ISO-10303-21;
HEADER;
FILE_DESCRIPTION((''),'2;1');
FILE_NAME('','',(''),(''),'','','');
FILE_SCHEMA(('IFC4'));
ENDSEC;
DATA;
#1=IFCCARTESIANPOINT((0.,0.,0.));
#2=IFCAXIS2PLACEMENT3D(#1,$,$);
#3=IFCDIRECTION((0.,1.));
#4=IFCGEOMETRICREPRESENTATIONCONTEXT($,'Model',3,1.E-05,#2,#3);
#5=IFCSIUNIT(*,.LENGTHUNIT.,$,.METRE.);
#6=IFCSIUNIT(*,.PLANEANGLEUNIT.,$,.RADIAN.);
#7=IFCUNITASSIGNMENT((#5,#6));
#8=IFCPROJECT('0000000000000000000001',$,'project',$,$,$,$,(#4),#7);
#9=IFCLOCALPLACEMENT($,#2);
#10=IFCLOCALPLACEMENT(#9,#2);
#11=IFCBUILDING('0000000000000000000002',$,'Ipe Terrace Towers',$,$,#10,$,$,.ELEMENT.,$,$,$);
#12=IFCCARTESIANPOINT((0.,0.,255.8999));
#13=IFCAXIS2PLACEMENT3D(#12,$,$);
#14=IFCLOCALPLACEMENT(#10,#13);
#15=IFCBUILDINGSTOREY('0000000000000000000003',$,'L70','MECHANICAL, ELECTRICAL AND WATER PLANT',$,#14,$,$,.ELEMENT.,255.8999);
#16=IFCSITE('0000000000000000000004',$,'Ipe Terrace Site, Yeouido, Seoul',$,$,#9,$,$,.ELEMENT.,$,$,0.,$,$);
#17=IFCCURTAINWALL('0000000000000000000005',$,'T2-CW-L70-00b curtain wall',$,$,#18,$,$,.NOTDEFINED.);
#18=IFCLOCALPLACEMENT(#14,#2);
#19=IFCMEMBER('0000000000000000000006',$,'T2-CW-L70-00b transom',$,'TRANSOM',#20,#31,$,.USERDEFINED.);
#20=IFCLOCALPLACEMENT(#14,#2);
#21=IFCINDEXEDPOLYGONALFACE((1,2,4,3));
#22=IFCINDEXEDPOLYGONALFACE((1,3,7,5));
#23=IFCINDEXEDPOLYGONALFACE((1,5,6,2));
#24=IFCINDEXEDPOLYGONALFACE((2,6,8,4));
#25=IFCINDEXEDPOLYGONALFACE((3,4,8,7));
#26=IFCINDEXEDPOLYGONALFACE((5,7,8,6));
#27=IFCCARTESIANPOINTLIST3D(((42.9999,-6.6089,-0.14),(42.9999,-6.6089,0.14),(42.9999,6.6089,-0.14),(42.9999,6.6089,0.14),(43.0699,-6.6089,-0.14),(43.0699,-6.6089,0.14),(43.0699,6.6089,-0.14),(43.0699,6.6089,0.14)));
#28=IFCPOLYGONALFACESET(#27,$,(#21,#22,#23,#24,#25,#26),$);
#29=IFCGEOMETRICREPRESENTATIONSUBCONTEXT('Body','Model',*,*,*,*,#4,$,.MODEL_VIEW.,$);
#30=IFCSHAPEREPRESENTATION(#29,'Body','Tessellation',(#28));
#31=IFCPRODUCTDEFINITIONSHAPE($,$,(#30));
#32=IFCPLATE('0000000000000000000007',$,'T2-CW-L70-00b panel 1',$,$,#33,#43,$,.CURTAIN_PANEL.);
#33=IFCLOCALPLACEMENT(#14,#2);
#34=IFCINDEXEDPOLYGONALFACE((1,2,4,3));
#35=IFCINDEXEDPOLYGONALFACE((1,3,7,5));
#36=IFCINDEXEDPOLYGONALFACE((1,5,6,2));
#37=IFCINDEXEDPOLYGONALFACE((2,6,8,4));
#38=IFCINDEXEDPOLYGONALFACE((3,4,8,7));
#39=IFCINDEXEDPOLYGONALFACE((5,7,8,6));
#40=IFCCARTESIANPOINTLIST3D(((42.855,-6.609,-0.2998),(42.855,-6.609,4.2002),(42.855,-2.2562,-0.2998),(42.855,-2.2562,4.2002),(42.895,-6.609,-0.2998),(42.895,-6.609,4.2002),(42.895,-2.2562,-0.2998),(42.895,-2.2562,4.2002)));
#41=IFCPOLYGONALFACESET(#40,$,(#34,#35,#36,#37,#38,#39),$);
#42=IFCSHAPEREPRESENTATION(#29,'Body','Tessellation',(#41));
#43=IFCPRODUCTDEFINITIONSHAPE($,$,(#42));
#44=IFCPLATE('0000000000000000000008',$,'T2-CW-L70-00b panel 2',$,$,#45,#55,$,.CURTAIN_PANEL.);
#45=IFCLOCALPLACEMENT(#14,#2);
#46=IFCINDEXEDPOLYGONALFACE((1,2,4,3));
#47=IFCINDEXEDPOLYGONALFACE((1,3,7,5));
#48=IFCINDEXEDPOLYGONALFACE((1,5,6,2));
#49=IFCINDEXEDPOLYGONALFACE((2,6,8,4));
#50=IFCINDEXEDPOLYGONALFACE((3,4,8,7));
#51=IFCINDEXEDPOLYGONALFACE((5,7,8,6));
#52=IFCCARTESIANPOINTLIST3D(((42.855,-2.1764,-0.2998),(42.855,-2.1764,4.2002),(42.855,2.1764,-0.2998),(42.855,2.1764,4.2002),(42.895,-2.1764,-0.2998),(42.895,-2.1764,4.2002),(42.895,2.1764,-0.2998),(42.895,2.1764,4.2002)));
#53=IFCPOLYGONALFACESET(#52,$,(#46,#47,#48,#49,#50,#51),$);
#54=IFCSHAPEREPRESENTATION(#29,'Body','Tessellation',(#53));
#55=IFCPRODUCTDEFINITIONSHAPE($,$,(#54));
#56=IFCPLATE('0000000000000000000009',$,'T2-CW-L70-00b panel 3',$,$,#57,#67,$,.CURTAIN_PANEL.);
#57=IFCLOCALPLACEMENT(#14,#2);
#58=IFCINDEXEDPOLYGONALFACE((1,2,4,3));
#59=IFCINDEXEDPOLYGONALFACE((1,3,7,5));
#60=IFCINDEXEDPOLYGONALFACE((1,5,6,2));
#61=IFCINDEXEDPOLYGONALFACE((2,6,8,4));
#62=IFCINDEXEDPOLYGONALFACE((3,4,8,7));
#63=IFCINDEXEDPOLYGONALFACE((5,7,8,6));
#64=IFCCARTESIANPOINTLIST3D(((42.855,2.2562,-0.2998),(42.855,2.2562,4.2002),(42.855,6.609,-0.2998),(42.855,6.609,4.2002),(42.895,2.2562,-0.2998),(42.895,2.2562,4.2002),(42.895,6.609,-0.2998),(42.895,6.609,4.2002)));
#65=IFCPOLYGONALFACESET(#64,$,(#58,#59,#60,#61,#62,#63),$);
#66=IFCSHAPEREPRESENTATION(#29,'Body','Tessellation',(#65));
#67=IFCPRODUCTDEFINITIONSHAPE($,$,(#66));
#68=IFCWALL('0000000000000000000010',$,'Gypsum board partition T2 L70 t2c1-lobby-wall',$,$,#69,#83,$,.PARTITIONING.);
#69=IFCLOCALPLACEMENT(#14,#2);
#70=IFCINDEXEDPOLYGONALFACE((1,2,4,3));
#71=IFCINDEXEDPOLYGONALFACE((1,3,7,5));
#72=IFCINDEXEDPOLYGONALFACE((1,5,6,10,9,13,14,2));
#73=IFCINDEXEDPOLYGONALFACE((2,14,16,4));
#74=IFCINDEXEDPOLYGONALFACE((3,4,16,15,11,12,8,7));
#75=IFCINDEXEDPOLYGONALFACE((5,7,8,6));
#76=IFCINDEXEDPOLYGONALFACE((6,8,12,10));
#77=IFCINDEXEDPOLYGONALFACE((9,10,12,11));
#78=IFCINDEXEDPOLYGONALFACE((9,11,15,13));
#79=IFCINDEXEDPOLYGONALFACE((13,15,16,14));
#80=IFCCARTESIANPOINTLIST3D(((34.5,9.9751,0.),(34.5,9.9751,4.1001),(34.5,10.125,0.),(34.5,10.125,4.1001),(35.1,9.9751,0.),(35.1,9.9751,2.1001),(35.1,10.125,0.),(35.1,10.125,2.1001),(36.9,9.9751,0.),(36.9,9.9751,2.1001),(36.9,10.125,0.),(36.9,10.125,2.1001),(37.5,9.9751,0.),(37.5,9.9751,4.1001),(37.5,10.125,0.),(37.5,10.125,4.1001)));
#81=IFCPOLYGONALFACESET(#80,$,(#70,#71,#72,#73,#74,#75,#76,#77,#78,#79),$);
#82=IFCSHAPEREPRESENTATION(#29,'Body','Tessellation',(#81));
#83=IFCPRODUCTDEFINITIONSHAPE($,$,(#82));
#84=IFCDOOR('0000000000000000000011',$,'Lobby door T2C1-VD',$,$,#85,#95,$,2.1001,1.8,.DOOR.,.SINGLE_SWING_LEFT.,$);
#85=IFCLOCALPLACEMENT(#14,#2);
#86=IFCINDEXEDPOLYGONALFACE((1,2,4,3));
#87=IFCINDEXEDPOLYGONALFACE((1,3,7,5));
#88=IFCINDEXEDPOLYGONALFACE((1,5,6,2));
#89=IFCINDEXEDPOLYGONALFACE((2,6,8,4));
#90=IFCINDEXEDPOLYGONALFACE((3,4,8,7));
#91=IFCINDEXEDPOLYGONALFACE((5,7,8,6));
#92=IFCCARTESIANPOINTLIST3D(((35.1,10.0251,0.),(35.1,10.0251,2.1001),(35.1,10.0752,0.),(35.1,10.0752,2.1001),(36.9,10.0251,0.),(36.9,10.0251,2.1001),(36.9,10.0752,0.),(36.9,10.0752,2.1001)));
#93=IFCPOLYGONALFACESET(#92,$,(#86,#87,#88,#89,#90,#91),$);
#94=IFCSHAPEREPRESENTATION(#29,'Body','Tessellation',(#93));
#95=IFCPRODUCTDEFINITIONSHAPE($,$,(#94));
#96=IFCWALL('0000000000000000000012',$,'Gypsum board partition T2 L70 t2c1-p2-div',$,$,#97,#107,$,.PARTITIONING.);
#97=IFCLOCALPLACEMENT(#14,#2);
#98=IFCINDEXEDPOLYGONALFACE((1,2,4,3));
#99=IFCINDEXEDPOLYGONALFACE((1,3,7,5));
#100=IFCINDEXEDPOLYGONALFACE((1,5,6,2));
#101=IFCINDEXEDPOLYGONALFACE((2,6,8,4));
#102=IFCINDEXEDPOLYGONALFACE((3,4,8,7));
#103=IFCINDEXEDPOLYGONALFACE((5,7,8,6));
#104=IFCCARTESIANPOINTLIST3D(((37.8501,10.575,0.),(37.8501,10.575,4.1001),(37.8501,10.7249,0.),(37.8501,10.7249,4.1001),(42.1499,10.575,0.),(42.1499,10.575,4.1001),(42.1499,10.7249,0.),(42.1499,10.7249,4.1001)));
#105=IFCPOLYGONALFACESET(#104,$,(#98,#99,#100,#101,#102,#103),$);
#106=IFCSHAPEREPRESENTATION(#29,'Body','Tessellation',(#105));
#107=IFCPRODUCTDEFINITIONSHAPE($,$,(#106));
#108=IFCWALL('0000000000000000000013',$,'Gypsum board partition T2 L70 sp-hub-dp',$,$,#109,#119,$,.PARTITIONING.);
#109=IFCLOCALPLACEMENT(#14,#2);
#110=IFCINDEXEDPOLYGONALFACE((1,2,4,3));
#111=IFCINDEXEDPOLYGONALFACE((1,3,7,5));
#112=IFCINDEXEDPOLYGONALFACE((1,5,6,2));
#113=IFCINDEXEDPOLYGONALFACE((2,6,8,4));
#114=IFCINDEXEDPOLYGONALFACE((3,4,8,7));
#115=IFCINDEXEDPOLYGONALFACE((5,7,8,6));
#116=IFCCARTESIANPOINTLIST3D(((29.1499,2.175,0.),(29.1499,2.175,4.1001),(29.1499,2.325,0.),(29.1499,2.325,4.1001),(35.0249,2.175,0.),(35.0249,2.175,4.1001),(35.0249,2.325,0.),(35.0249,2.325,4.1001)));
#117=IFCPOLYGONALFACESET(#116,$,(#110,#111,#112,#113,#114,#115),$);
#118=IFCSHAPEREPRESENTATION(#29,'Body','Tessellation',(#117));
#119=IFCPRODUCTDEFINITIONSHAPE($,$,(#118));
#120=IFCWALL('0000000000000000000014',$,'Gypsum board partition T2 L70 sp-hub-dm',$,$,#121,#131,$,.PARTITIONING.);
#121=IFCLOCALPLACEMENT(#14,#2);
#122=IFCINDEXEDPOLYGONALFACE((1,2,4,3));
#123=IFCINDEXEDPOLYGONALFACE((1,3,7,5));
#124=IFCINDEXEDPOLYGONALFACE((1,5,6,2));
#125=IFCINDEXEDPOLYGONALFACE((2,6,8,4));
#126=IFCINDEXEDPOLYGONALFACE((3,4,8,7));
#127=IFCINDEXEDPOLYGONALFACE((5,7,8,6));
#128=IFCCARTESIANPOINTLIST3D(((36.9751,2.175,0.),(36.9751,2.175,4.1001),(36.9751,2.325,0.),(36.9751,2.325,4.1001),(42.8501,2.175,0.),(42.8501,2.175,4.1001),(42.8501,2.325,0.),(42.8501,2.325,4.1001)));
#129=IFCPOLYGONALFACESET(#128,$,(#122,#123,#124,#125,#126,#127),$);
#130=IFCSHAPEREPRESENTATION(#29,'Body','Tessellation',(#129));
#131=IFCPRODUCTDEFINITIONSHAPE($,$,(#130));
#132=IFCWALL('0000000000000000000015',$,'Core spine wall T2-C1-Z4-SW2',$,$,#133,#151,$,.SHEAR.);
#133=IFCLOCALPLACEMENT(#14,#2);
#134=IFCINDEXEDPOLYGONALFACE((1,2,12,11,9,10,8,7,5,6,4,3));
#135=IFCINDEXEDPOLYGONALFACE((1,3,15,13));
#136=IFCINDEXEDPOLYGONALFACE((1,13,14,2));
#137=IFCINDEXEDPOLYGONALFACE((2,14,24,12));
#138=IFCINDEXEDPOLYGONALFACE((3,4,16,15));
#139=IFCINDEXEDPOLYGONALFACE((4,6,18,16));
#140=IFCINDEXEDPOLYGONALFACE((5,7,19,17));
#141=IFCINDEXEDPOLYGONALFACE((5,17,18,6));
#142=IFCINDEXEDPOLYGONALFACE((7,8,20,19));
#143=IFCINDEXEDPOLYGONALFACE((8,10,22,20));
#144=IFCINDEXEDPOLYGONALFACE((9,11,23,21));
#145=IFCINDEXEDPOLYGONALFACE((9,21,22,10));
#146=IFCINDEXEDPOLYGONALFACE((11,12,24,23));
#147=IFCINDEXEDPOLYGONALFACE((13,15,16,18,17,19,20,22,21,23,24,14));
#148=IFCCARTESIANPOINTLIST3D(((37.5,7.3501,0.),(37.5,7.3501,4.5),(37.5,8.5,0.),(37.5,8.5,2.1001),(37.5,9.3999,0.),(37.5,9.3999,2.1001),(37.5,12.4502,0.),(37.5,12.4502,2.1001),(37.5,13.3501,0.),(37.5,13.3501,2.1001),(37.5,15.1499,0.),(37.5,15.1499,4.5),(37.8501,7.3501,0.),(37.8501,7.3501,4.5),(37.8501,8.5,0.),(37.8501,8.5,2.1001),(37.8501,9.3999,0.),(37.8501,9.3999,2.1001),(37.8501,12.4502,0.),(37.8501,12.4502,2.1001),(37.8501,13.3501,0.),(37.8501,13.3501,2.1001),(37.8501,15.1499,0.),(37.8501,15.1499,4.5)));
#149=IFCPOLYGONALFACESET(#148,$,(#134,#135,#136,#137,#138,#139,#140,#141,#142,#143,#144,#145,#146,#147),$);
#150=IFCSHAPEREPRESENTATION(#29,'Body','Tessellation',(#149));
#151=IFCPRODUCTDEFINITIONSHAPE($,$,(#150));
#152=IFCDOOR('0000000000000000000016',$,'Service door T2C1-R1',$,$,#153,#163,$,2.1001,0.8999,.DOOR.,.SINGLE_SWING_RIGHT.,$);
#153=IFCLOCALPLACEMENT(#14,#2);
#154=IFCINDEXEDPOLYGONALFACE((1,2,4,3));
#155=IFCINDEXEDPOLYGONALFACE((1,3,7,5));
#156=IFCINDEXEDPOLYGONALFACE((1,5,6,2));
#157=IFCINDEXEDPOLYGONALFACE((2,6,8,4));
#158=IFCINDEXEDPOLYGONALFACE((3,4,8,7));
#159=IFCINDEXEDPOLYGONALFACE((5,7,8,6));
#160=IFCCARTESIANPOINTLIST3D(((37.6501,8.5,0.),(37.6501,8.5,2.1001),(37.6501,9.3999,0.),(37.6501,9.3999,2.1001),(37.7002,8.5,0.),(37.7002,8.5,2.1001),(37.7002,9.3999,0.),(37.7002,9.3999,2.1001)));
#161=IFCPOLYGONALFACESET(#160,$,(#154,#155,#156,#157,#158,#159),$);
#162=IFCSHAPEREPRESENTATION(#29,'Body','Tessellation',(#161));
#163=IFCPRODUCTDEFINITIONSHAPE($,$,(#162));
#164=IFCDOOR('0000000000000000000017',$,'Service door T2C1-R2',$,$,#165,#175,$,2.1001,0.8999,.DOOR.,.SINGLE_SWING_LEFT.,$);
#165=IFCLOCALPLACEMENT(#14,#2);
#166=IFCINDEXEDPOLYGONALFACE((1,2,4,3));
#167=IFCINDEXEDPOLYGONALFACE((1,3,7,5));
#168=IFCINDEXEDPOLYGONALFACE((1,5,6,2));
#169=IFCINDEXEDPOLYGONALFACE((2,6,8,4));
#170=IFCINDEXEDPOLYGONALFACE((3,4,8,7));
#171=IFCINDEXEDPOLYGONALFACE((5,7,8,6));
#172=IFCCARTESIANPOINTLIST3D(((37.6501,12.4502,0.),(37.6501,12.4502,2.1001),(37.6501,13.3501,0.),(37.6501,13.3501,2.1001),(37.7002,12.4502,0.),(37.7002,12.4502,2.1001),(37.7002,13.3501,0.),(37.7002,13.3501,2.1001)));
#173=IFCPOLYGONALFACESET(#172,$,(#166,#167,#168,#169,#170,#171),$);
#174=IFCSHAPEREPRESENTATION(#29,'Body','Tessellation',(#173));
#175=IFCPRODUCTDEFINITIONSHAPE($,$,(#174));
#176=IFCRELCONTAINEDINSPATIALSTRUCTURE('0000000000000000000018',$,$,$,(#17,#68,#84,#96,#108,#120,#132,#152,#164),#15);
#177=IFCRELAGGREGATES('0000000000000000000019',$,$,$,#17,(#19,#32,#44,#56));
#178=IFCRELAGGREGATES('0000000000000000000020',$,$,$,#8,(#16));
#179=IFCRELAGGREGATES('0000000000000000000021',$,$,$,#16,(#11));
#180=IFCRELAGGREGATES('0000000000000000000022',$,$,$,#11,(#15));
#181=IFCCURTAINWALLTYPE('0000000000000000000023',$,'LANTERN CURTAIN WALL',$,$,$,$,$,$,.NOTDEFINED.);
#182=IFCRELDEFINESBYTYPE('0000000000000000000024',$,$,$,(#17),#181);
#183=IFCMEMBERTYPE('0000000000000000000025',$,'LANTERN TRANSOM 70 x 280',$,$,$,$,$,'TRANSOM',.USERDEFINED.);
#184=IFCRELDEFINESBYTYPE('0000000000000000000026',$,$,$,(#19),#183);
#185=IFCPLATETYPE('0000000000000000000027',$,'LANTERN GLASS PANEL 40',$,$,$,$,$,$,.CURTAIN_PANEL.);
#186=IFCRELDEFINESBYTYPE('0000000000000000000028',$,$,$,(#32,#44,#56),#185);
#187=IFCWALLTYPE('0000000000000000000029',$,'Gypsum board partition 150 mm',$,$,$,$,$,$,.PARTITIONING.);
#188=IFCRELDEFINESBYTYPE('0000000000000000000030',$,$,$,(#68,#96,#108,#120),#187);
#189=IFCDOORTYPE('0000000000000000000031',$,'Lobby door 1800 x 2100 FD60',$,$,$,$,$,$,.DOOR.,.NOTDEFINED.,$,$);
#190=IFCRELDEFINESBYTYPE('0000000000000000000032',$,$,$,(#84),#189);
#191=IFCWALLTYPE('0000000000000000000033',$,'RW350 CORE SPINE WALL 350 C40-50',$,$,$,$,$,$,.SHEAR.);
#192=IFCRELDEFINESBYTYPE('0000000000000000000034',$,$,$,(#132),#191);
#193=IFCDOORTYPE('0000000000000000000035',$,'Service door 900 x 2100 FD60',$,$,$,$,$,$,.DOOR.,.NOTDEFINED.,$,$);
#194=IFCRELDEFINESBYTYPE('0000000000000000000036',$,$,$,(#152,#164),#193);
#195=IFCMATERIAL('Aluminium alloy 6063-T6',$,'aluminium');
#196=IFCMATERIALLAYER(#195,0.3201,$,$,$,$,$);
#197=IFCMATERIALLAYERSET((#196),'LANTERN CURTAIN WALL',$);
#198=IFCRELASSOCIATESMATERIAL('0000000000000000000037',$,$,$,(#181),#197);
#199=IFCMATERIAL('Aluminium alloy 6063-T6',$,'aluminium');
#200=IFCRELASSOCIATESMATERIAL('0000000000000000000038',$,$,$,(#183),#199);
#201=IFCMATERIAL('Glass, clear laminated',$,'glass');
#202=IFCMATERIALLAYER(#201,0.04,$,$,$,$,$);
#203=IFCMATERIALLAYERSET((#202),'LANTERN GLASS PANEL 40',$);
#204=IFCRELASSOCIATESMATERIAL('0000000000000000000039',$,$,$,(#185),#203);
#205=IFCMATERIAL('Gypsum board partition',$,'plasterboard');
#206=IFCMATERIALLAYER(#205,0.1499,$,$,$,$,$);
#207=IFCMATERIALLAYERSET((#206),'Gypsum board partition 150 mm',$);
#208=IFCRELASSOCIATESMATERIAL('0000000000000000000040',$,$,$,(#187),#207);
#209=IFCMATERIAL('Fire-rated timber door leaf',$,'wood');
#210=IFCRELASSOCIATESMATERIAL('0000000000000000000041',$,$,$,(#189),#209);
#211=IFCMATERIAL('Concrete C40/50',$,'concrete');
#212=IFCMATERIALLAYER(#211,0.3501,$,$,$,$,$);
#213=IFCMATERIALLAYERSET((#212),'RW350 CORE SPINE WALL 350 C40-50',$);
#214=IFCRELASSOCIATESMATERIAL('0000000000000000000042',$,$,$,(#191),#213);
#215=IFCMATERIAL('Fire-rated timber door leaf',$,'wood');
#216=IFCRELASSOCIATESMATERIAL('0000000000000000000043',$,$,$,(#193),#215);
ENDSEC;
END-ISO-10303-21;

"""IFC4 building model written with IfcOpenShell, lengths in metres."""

from ifc_helpers import new_model, si_unit, direction, frame, frame_2d, origin, origin_2d, place, context, subcontext, project, spatial, rectangle, extrude, material, layer, layer_set, material_profile, profile_set, type_object, element, fill, aggregate, save


model = new_model("IFC4")

# Units and contexts
model_context = context("Model", 3, precision=1e-05, world=origin(), true_north=direction((0.0, 1.0)))
body_context = subcontext(model_context, "Body", "Model", "MODEL_VIEW")
ifc_project = project(units=[si_unit("LENGTHUNIT", "METRE"), si_unit("PLANEANGLEUNIT", "RADIAN")], contexts=[model_context])

# Site, building, storey
site_placement = place(None, origin())
site = spatial("IfcSite", under=ifc_project, at=site_placement, Name="Ipe Terrace Site, Yeouido, Seoul", CompositionType="ELEMENT", RefElevation=0.0)
building_placement = place(site_placement, origin())
building = spatial("IfcBuilding", under=site, at=building_placement, Name="Ipe Terrace Towers", CompositionType="ELEMENT")
storey_placement = place(building_placement, frame((0.0, 0.0, 255.8999)))
storey = spatial("IfcBuildingStorey", under=building, at=storey_placement, Name="L70", Description="MECHANICAL, ELECTRICAL AND WATER PLANT", CompositionType="ELEMENT", Elevation=255.8999)

# Curtain wall, member, plates
ifc_material_1 = material(Name="Aluminium alloy 6063-T6", Category="aluminium")
ifc_layer_1 = layer(ifc_material_1, 0.3201)
ifc_layer_set_1 = layer_set([ifc_layer_1], Name="LANTERN CURTAIN WALL")
curtain_wall_type = type_object("IfcCurtainWallType", Name="LANTERN CURTAIN WALL", PredefinedType="NOTDEFINED", material=ifc_layer_set_1)
curtain_wall_placement = place(storey_placement, origin())
curtain_wall = element("IfcCurtainWall", 1, at=curtain_wall_placement, inside=storey, type_object=curtain_wall_type, Name="T2-CW-L70-00b curtain wall", PredefinedType="NOTDEFINED")
ifc_material_2 = material(Name="Aluminium alloy 6063-T6", Category="aluminium")
ifc_material_profile_1 = material_profile(ifc_material_2, rectangle(XDim=0.0701, YDim=0.28, at=origin_2d()), Name="LANTERN TRANSOM 70 x 280")
ifc_profile_set_1 = profile_set([ifc_material_profile_1], Name="Aluminium alloy 6063-T6")
member_type_1 = type_object("IfcMemberType", Name="LANTERN TRANSOM 70 x 280", ElementType="TRANSOM", PredefinedType="USERDEFINED", material=ifc_profile_set_1)
member_1_placement = place(storey_placement, frame((43.0349, -6.6089, 0.0), z_axis=(0.0, 1.0, 0.0), x_axis=(1.0, 0.0, 0.0)))
member_1 = element("IfcMember", 2, at=member_1_placement, type_object=member_type_1, Name="T2-CW-L70-00b transom", ObjectType="TRANSOM", PredefinedType="USERDEFINED", context=body_context, shape_type="SweptSolid", body=[
    extrude(rectangle(XDim=0.0701, YDim=0.28, at=origin_2d()), origin(), (0.0, 0.0, 1.0), 13.2178),
])
ifc_material_3 = material(Name="Glass, clear laminated", Category="glass")
ifc_layer_2 = layer(ifc_material_3, 0.04)
ifc_layer_set_2 = layer_set([ifc_layer_2], Name="LANTERN GLASS PANEL 40")
plate_type = type_object("IfcPlateType", Name="LANTERN GLASS PANEL 40", PredefinedType="CURTAIN_PANEL", material=ifc_layer_set_2)
plate_1_placement = place(storey_placement, frame((42.875, -4.4326, -0.2998), z_axis=(0.0, 0.0, 1.0), x_axis=(0.0, 1.0, 0.0)))
plate_1 = element("IfcPlate", 3, at=plate_1_placement, type_object=plate_type, Name="T2-CW-L70-00b panel 1", PredefinedType="CURTAIN_PANEL", context=body_context, shape_type="SweptSolid", body=[
    extrude(rectangle(XDim=4.3528, YDim=0.04, at=origin_2d()), origin(), (0.0, 0.0, 1.0), 4.5),
])
plate_2_placement = place(storey_placement, frame((42.875, 0.0, -0.2998), z_axis=(0.0, 0.0, 1.0), x_axis=(0.0, 1.0, 0.0)))
plate_2 = element("IfcPlate", 4, at=plate_2_placement, type_object=plate_type, Name="T2-CW-L70-00b panel 2", PredefinedType="CURTAIN_PANEL", context=body_context, shape_type="SweptSolid", body=[
    extrude(rectangle(XDim=4.3528, YDim=0.04, at=origin_2d()), origin(), (0.0, 0.0, 1.0), 4.5),
])
plate_3_placement = place(storey_placement, frame((42.875, 4.4326, -0.2998), z_axis=(0.0, 0.0, 1.0), x_axis=(0.0, 1.0, 0.0)))
plate_3 = element("IfcPlate", 5, at=plate_3_placement, type_object=plate_type, Name="T2-CW-L70-00b panel 3", PredefinedType="CURTAIN_PANEL", context=body_context, shape_type="SweptSolid", body=[
    extrude(rectangle(XDim=4.3528, YDim=0.04, at=origin_2d()), origin(), (0.0, 0.0, 1.0), 4.5),
])
aggregate(curtain_wall, [member_1, plate_1, plate_2, plate_3])

# Wall, opening, door
ifc_material_4 = material(Name="Gypsum board partition", Category="plasterboard")
ifc_layer_3 = layer(ifc_material_4, 0.1499)
ifc_layer_set_3 = layer_set([ifc_layer_3], Name="Gypsum board partition 150 mm")
wall_type_1 = type_object("IfcWallType", Name="Gypsum board partition 150 mm", PredefinedType="PARTITIONING", material=ifc_layer_set_3)
wall_1_placement = place(storey_placement, frame((37.5, 10.05, 0.0), z_axis=(0.0, 0.0, 1.0), x_axis=(-1.0, 0.0, 0.0)))
wall_1 = element("IfcWall", 6, at=wall_1_placement, inside=storey, type_object=wall_type_1, Name="Gypsum board partition T2 L70 t2c1-lobby-wall", PredefinedType="PARTITIONING", context=body_context, shape_type="SweptSolid", body=[
    extrude(rectangle(XDim=3.0, YDim=0.1499, at=frame_2d((1.5, 0.0))), origin(), (0.0, 0.0, 1.0), 4.1001),
])
opening_1_placement = place(wall_1_placement, frame((0.6001, 0.0, 0.0)))
opening_1 = element("IfcOpeningElement", 7, at=opening_1_placement, cuts=wall_1, PredefinedType="OPENING", context=body_context, shape_type="SweptSolid", body=[
    extrude(rectangle(XDim=1.8, YDim=2.1001, at=frame_2d((0.8999, 1.05))), frame((0.0, 0.085, 0.0), z_axis=(0.0, -1.0, 0.0), x_axis=(1.0, 0.0, 0.0)), (0.0, 0.0, 1.0), 0.1699),
])
ifc_material_5 = material(Name="Fire-rated timber door leaf", Category="wood")
door_type_1 = type_object("IfcDoorType", Name="Lobby door 1800 x 2100 FD60", OperationType="NOTDEFINED", PredefinedType="DOOR", material=ifc_material_5)
door_1_placement = place(opening_1_placement, origin())
door_1 = element("IfcDoor", 8, at=door_1_placement, inside=storey, type_object=door_type_1, Name="Lobby door T2C1-VD", OperationType="SINGLE_SWING_LEFT", OverallHeight=2.1001, OverallWidth=1.8, PredefinedType="DOOR", context=body_context, shape_type="SweptSolid", body=[
    extrude(rectangle(XDim=1.8, YDim=2.1001, at=frame_2d((0.8999, 1.05))), frame((0.0, 0.0249, 0.0), z_axis=(0.0, -1.0, 0.0), x_axis=(1.0, 0.0, 0.0)), (0.0, 0.0, 1.0), 0.05),
])
fill(opening_1, door_1)

# Walls
wall_2_placement = place(storey_placement, frame((42.1499, 10.6499, 0.0), z_axis=(0.0, 0.0, 1.0), x_axis=(-1.0, 0.0, 0.0)))
element("IfcWall", 9, at=wall_2_placement, inside=storey, type_object=wall_type_1, Name="Gypsum board partition T2 L70 t2c1-p2-div", PredefinedType="PARTITIONING", context=body_context, shape_type="SweptSolid", body=[
    extrude(rectangle(XDim=4.2998, YDim=0.1499, at=frame_2d((2.1499, 0.0))), origin(), (0.0, 0.0, 1.0), 4.1001),
])
for number, where, z_axis, x_axis, name in (
    (10, (35.0249, 2.25, 0.0), (0.0, 0.0, 1.0), (-1.0, 0.0, 0.0), "Gypsum board partition T2 L70 sp-hub-dp"),
    (11, (36.9751, 2.25, 0.0), (0.0, 0.0, 1.0), (1.0, 0.0, 0.0), "Gypsum board partition T2 L70 sp-hub-dm"),
):
    element("IfcWall", number, at=place(storey_placement, frame(where, z_axis=z_axis, x_axis=x_axis)), inside=storey, type_object=wall_type_1, Name=name, PredefinedType="PARTITIONING", context=body_context, shape_type="SweptSolid", body=[
        extrude(rectangle(XDim=5.875, YDim=0.1499, at=frame_2d((2.9375, 0.0))), origin(), (0.0, 0.0, 1.0), 4.1001),
    ])

# Wall, openings, doors
ifc_material_6 = material(Name="Concrete C40/50", Category="concrete")
ifc_layer_4 = layer(ifc_material_6, 0.3501)
ifc_layer_set_4 = layer_set([ifc_layer_4], Name="RW350 CORE SPINE WALL 350 C40-50")
wall_type_2 = type_object("IfcWallType", Name="RW350 CORE SPINE WALL 350 C40-50", PredefinedType="SHEAR", material=ifc_layer_set_4)
wall_3_placement = place(storey_placement, frame((37.675, 7.3501, 0.0), z_axis=(0.0, 0.0, 1.0), x_axis=(0.0, 1.0, 0.0)))
wall_3 = element("IfcWall", 12, at=wall_3_placement, inside=storey, type_object=wall_type_2, Name="Core spine wall T2-C1-Z4-SW2", PredefinedType="SHEAR", context=body_context, shape_type="SweptSolid", body=[
    extrude(rectangle(XDim=7.7998, YDim=0.3501, at=frame_2d((3.8999, 0.0))), origin(), (0.0, 0.0, 1.0), 4.5),
])
opening_2_placement = place(wall_3_placement, frame((1.1499, 0.0, 0.0)))
opening_2 = element("IfcOpeningElement", 13, at=opening_2_placement, cuts=wall_3, PredefinedType="OPENING", context=body_context, shape_type="SweptSolid", body=[
    extrude(rectangle(XDim=0.8999, YDim=2.1001, at=frame_2d((0.45, 1.05))), frame((0.0, 0.1851, 0.0), z_axis=(0.0, -1.0, 0.0), x_axis=(1.0, 0.0, 0.0)), (0.0, 0.0, 1.0), 0.3701),
])
opening_3_placement = place(wall_3_placement, frame((5.1001, 0.0, 0.0)))
opening_3 = element("IfcOpeningElement", 14, at=opening_3_placement, cuts=wall_3, PredefinedType="OPENING", context=body_context, shape_type="SweptSolid", body=[
    extrude(rectangle(XDim=0.8999, YDim=2.1001, at=frame_2d((0.45, 1.05))), frame((0.0, 0.1851, 0.0), z_axis=(0.0, -1.0, 0.0), x_axis=(1.0, 0.0, 0.0)), (0.0, 0.0, 1.0), 0.3701),
])
ifc_material_7 = material(Name="Fire-rated timber door leaf", Category="wood")
door_type_2 = type_object("IfcDoorType", Name="Service door 900 x 2100 FD60", OperationType="NOTDEFINED", PredefinedType="DOOR", material=ifc_material_7)
door_2_placement = place(opening_2_placement, origin())
door_2 = element("IfcDoor", 15, at=door_2_placement, inside=storey, type_object=door_type_2, Name="Service door T2C1-R1", OperationType="SINGLE_SWING_RIGHT", OverallHeight=2.1001, OverallWidth=0.8999, PredefinedType="DOOR", context=body_context, shape_type="SweptSolid", body=[
    extrude(rectangle(XDim=0.8999, YDim=2.1001, at=frame_2d((0.45, 1.05))), frame((0.0, 0.0249, 0.0), z_axis=(0.0, -1.0, 0.0), x_axis=(1.0, 0.0, 0.0)), (0.0, 0.0, 1.0), 0.05),
])
fill(opening_2, door_2)
door_3_placement = place(opening_3_placement, origin())
door_3 = element("IfcDoor", 16, at=door_3_placement, inside=storey, type_object=door_type_2, Name="Service door T2C1-R2", OperationType="SINGLE_SWING_LEFT", OverallHeight=2.1001, OverallWidth=0.8999, PredefinedType="DOOR", context=body_context, shape_type="SweptSolid", body=[
    extrude(rectangle(XDim=0.8999, YDim=2.1001, at=frame_2d((0.45, 1.05))), frame((0.0, 0.0249, 0.0), z_axis=(0.0, -1.0, 0.0), x_axis=(1.0, 0.0, 0.0)), (0.0, 0.0, 1.0), 0.05),
])
fill(opening_3, door_3)

save(model, "model.ifc")
